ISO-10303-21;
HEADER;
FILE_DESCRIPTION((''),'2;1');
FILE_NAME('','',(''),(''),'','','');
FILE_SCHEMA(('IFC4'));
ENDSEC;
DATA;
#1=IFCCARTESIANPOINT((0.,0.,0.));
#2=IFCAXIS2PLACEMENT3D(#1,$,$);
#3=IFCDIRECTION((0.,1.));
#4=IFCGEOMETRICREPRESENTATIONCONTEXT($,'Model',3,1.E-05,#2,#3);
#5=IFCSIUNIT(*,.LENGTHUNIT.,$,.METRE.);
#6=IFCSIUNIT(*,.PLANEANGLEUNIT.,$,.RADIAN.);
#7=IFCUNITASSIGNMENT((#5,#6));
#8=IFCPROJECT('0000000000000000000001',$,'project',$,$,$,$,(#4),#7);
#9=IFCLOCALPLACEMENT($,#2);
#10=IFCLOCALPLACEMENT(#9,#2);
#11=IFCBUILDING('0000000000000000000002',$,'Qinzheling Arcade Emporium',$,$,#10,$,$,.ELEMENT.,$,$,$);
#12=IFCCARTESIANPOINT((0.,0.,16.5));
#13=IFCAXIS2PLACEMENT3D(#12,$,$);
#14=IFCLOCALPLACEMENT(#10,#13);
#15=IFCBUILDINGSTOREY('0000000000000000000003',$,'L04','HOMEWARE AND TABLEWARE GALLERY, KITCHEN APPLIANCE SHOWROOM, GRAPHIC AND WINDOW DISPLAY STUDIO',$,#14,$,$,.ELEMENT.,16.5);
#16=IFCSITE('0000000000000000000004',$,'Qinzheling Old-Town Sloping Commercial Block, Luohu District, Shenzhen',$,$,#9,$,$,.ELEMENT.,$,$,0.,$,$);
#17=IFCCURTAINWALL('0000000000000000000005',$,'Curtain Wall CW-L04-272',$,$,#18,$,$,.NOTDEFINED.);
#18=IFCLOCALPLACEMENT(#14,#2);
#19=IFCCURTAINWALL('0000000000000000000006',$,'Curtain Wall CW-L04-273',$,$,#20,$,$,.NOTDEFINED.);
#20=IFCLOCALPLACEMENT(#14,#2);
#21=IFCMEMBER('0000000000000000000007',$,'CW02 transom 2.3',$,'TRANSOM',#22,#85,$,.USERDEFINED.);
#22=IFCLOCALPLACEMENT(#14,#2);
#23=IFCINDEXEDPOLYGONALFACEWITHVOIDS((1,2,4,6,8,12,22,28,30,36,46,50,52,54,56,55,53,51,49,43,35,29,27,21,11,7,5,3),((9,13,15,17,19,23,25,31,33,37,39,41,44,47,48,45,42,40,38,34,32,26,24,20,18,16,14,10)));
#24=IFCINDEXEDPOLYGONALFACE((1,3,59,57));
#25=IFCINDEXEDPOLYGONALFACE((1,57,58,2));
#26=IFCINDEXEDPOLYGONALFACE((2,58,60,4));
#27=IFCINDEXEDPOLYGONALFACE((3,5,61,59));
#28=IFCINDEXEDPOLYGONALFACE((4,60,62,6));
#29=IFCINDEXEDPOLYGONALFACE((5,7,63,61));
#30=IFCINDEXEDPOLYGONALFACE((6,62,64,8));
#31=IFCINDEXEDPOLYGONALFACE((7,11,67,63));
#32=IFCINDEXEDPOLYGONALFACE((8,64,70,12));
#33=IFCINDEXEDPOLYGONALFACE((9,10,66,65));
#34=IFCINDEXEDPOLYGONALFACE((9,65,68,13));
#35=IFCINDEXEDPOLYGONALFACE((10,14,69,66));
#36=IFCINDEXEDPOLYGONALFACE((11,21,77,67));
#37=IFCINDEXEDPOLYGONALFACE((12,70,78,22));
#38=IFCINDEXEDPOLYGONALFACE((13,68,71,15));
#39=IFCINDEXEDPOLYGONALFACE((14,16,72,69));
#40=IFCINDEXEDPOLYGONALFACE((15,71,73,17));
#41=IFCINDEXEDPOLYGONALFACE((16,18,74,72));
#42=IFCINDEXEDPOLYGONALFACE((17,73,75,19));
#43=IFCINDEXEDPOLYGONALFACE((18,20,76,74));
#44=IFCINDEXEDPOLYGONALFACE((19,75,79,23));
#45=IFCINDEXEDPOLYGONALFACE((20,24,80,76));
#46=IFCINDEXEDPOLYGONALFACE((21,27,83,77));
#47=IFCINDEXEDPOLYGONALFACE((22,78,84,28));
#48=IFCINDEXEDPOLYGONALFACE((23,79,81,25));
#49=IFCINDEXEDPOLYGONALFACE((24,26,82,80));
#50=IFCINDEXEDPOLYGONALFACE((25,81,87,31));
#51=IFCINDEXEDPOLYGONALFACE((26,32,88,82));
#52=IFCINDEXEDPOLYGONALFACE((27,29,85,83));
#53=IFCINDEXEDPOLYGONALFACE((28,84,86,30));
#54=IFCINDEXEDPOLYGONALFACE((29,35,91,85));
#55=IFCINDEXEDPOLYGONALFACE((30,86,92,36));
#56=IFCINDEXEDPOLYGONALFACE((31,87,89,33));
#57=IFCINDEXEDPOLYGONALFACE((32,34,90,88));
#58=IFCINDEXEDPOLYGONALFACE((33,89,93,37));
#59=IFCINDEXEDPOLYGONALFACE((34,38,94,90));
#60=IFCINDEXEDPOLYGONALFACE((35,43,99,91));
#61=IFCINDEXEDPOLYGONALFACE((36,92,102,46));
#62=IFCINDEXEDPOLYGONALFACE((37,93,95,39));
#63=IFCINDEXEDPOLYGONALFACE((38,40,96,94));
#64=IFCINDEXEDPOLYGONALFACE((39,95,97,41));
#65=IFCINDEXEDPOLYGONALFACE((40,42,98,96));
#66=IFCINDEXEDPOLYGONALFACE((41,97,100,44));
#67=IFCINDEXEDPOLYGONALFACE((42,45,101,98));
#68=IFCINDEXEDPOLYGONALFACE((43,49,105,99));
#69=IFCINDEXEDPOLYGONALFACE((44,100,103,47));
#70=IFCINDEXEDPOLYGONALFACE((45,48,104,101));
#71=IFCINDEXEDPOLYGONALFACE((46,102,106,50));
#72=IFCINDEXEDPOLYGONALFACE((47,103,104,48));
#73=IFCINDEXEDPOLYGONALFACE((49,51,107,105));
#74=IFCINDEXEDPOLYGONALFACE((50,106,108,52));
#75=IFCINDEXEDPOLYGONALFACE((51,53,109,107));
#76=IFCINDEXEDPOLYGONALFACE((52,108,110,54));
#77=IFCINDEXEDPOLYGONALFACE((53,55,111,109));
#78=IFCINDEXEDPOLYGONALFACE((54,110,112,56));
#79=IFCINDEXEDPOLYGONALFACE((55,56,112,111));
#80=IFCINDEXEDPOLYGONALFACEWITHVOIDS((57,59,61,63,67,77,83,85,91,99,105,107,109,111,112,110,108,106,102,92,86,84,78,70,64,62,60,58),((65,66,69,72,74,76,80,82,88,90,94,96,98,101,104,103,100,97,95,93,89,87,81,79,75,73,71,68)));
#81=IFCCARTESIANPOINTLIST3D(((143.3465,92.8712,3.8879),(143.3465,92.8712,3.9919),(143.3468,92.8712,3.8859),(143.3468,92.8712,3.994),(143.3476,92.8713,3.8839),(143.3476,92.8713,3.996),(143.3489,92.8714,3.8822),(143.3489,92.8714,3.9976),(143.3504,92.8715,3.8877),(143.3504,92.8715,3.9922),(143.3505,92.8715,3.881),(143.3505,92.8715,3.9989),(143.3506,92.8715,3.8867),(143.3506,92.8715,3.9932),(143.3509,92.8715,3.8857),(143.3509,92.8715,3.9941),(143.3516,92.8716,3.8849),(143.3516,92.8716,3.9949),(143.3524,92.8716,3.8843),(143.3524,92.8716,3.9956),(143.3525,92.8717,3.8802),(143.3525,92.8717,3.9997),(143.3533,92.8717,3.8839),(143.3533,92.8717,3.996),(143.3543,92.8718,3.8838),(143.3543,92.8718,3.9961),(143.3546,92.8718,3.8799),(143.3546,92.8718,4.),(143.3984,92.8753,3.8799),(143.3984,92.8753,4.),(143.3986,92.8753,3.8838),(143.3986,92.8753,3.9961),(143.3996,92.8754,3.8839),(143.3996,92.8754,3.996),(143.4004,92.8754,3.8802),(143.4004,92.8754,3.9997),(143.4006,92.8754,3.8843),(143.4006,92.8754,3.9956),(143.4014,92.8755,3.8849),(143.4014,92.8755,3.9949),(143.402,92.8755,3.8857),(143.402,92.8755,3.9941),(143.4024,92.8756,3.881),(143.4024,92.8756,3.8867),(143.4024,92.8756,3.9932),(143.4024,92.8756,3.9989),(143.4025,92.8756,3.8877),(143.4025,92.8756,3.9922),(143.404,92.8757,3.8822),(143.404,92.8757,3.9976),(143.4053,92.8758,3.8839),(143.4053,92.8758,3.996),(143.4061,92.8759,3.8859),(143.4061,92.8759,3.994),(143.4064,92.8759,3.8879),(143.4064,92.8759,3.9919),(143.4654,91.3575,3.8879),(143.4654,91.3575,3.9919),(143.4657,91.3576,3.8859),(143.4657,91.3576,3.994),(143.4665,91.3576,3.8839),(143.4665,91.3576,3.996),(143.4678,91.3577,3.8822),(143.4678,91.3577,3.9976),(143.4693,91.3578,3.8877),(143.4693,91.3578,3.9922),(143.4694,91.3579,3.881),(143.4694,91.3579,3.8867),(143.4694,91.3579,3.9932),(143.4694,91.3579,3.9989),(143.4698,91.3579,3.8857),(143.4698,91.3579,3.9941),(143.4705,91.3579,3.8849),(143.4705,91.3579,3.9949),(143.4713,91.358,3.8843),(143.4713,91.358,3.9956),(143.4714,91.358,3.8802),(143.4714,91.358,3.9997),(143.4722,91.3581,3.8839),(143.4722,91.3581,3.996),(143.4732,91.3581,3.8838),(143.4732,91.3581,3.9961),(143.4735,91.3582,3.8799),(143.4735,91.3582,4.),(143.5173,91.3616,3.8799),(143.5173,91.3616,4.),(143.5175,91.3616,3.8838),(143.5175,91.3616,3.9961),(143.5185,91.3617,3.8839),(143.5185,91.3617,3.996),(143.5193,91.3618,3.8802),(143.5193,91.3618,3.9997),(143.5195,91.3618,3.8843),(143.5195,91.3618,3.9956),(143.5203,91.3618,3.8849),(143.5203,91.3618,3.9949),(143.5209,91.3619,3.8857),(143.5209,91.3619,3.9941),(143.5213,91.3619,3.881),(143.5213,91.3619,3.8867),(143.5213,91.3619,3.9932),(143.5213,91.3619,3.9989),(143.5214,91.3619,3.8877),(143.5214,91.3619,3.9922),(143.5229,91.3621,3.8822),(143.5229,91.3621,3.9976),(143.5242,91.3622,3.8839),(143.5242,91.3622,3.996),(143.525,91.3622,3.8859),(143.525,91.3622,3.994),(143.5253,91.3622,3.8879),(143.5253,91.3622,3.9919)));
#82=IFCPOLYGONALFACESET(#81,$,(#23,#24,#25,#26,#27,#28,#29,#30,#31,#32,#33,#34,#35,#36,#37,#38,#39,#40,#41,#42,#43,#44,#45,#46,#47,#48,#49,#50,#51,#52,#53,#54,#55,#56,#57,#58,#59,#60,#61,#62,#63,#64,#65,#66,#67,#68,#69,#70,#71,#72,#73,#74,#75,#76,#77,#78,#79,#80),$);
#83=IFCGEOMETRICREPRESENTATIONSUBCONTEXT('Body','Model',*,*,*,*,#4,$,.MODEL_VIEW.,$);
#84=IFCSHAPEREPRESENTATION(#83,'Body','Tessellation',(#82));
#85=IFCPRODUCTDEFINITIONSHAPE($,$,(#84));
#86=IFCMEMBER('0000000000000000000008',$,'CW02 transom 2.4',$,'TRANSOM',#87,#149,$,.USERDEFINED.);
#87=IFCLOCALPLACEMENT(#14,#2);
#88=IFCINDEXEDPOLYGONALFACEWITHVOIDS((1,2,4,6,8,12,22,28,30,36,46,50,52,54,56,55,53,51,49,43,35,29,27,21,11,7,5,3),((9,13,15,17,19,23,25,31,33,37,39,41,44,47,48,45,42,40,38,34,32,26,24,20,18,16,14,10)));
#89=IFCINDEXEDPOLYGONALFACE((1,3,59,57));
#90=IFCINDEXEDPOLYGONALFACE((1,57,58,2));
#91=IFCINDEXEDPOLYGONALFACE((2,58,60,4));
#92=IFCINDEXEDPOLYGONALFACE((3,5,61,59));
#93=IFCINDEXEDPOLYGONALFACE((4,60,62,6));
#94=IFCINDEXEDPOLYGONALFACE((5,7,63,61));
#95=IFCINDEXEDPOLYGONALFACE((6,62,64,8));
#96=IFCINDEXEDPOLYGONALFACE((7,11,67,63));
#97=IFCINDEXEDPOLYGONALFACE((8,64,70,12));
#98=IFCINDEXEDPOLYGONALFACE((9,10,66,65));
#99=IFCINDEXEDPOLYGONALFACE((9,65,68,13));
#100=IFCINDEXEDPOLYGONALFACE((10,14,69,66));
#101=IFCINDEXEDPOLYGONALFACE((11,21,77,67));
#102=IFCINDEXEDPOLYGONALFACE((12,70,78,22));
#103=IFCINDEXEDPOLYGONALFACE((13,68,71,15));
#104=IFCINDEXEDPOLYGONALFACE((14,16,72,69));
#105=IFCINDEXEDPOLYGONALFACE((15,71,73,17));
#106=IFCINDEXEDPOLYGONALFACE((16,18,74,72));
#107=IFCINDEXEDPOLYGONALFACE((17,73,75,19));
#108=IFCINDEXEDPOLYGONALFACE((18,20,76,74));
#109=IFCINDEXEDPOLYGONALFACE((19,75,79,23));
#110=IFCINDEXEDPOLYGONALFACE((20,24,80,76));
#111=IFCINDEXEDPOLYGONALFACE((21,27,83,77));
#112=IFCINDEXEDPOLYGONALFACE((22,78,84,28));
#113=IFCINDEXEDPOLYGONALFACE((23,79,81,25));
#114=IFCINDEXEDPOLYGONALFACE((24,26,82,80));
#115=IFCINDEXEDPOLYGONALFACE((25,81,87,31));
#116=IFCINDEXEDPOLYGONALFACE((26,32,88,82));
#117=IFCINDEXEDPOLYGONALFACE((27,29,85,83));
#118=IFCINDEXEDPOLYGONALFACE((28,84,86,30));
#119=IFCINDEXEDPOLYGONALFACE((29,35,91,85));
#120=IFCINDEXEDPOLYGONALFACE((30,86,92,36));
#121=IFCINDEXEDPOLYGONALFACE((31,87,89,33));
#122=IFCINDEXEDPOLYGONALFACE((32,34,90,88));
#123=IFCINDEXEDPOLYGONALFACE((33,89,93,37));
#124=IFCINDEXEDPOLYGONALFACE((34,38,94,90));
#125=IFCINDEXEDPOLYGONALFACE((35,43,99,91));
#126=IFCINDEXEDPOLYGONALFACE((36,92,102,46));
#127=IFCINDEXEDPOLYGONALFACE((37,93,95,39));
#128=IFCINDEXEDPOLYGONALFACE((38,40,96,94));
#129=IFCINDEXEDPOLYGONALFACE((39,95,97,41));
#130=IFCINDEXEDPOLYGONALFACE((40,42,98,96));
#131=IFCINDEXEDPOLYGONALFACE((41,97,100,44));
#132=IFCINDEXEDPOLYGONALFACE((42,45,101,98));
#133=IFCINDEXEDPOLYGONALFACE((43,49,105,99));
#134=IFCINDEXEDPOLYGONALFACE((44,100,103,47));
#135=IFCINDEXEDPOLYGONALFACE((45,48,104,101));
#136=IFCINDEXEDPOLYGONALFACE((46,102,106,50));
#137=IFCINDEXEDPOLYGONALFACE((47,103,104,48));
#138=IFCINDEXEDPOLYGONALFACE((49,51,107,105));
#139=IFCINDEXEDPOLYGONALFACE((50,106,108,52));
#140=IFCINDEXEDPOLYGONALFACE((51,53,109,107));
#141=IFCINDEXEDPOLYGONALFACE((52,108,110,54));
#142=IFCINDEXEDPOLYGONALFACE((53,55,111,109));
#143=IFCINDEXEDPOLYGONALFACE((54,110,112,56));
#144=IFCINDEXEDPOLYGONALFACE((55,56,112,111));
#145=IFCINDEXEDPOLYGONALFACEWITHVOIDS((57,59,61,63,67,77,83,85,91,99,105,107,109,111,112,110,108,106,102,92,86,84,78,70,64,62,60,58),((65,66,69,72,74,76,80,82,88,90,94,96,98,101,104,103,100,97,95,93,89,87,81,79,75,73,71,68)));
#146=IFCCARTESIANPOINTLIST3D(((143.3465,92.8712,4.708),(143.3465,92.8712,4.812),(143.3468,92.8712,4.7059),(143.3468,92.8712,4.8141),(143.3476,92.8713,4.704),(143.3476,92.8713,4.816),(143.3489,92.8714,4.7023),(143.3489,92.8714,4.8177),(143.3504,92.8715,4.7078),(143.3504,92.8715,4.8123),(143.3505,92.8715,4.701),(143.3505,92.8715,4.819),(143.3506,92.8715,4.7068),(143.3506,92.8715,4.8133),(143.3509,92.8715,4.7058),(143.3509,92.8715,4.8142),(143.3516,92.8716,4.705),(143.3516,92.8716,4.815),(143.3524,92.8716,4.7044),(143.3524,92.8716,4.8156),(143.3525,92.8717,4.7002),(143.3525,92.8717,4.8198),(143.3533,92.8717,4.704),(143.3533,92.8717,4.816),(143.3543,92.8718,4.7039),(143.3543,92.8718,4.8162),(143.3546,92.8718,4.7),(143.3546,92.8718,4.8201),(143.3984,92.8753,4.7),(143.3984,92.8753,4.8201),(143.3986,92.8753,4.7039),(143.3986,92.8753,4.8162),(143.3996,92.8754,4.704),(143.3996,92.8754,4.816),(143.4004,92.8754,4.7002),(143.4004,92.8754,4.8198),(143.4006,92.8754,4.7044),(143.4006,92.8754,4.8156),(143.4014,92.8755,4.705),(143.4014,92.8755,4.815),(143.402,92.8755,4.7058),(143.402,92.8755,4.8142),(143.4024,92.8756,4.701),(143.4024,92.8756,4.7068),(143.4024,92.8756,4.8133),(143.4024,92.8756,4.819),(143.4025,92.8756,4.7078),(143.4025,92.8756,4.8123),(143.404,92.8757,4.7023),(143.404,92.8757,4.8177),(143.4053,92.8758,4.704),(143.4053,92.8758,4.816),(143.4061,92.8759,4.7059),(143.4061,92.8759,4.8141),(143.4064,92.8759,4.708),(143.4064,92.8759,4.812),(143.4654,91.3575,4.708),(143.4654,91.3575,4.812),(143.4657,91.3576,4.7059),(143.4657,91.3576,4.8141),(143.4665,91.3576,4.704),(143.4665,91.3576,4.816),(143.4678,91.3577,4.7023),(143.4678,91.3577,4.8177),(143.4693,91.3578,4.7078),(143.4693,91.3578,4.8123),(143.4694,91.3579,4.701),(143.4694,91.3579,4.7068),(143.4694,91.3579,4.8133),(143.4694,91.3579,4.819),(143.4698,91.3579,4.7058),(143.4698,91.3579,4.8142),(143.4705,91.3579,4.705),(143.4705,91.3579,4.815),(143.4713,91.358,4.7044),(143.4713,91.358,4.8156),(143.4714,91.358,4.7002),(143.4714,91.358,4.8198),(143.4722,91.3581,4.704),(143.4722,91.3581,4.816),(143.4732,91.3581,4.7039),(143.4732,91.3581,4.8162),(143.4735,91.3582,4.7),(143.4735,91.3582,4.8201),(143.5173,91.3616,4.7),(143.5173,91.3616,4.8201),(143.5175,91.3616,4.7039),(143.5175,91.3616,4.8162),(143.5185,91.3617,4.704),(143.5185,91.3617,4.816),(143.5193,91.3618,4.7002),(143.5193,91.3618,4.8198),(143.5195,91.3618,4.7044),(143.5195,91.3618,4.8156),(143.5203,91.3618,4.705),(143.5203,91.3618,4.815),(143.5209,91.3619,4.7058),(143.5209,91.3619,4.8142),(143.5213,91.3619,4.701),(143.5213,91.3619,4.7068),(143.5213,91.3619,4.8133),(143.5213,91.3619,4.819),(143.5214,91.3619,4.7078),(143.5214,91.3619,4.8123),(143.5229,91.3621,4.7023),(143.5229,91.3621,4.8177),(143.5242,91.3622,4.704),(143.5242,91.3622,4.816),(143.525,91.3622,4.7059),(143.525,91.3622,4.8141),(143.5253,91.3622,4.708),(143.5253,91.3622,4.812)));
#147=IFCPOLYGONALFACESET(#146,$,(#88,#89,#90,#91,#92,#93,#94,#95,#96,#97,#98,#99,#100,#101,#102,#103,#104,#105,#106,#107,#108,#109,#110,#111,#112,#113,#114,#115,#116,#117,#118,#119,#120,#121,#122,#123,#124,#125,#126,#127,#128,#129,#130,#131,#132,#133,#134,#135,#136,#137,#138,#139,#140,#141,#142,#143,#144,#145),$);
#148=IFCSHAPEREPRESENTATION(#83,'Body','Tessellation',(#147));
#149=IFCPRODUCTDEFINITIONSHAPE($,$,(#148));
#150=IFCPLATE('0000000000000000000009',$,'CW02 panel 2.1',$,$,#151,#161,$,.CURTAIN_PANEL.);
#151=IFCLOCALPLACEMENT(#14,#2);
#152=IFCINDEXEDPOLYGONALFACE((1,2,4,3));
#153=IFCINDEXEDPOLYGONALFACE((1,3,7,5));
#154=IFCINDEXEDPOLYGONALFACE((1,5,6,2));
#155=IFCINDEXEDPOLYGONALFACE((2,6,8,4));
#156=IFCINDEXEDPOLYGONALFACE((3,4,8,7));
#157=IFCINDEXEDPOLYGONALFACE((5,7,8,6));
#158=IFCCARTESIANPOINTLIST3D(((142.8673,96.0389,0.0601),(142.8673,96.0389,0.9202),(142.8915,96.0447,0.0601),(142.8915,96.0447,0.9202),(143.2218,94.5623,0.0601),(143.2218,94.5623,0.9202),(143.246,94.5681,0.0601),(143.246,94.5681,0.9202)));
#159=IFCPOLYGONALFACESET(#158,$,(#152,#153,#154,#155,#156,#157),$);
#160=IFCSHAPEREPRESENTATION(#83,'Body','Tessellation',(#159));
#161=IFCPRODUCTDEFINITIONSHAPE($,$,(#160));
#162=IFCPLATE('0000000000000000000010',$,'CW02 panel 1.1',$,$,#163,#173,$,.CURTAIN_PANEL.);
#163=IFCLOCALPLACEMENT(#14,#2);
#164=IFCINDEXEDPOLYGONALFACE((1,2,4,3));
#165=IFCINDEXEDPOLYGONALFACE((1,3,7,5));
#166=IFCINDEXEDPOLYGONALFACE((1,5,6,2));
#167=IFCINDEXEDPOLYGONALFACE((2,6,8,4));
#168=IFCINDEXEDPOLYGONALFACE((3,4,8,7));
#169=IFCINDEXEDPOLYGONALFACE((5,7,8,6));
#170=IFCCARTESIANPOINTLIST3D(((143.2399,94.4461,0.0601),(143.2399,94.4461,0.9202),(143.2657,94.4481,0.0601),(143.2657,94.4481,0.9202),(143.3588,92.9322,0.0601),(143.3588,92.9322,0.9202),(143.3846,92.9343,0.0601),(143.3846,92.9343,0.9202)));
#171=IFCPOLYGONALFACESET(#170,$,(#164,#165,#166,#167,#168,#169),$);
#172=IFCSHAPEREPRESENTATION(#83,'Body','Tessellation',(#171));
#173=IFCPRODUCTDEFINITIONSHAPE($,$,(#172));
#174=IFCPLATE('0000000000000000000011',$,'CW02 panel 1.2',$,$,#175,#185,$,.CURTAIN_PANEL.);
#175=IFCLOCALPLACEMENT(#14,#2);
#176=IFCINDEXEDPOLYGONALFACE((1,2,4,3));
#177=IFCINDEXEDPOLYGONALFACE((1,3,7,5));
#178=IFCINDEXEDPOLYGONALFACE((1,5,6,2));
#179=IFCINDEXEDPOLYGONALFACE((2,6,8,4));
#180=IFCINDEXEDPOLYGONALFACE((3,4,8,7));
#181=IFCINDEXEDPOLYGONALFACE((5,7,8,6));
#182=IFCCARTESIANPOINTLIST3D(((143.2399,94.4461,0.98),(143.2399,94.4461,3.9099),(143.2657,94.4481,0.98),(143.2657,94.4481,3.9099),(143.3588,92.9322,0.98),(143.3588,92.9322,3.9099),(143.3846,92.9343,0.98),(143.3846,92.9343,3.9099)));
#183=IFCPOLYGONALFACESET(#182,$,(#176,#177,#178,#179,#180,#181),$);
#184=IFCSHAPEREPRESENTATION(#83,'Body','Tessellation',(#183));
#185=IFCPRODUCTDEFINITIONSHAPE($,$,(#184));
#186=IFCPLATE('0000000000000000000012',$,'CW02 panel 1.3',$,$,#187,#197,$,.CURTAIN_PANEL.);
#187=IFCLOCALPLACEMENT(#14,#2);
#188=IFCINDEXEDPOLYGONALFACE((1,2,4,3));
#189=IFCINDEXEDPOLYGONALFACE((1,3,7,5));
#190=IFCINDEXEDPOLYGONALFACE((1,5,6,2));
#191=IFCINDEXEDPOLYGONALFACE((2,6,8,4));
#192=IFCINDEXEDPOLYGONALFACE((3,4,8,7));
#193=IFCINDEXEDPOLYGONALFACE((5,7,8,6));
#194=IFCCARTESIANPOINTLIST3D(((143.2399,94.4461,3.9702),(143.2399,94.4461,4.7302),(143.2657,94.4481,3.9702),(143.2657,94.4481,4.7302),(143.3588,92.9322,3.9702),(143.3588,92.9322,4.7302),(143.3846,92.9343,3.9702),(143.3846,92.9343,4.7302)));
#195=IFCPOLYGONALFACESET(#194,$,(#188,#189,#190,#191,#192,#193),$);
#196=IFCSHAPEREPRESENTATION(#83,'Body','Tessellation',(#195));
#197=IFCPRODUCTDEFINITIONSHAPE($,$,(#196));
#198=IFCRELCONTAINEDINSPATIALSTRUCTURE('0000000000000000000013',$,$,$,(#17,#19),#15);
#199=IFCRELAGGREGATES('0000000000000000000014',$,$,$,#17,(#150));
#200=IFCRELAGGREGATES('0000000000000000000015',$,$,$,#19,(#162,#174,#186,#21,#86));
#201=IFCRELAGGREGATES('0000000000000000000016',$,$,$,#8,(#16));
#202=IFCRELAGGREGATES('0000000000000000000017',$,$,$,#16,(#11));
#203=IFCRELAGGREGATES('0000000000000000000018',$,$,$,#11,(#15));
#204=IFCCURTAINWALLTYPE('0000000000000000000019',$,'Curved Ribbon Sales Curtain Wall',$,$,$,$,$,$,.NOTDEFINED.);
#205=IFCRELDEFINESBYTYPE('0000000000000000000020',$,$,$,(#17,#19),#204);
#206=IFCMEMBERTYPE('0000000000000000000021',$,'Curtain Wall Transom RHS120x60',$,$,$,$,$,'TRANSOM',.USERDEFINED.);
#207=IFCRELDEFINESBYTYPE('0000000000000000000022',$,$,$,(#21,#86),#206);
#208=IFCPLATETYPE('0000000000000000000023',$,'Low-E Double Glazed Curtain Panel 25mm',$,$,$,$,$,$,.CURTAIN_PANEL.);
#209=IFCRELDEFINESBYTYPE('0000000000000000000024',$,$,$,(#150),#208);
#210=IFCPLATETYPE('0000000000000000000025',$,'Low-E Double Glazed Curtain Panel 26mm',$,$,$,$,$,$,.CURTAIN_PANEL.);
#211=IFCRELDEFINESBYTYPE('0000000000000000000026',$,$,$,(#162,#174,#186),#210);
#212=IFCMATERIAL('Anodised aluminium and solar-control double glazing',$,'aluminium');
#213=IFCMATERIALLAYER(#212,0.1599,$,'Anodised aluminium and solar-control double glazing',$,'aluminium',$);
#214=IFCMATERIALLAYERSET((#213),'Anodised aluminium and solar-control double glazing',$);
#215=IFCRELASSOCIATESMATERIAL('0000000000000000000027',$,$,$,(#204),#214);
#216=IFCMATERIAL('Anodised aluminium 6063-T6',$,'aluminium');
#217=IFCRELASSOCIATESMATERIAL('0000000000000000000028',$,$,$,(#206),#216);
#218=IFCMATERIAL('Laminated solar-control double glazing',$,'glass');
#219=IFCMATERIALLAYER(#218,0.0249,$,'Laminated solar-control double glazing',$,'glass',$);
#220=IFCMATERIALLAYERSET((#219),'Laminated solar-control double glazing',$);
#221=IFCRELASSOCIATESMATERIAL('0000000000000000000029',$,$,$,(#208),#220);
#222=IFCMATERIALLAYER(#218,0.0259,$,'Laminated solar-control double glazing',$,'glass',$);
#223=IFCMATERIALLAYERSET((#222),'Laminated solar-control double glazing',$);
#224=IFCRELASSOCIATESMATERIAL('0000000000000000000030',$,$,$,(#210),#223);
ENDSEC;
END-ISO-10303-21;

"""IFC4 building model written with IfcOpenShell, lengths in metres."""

from ifc_helpers import new_model, si_unit, direction, frame, origin, origin_2d, place, context, subcontext, project, spatial, rectangle, hollow_rectangle, extrude, material, layer, layer_set, material_profile, profile_set, type_object, element, aggregate, save


model = new_model("IFC4")

# Units and contexts
model_context = context("Model", 3, precision=1e-05, world=origin(), true_north=direction((0.0, 1.0)))
body_context = subcontext(model_context, "Body", "Model", "MODEL_VIEW")
ifc_project = project(units=[si_unit("LENGTHUNIT", "METRE"), si_unit("PLANEANGLEUNIT", "RADIAN")], contexts=[model_context])

# Site, building, storey
site_placement = place(None, origin())
site = spatial("IfcSite", under=ifc_project, at=site_placement, Name="Qinzheling Old-Town Sloping Commercial Block, Luohu District, Shenzhen", CompositionType="ELEMENT", RefElevation=0.0)
building_placement = place(site_placement, origin())
building = spatial("IfcBuilding", under=site, at=building_placement, Name="Qinzheling Arcade Emporium", CompositionType="ELEMENT")
storey_placement = place(building_placement, frame((0.0, 0.0, 16.5)))
storey = spatial("IfcBuildingStorey", under=building, at=storey_placement, Name="L04", Description="HOMEWARE AND TABLEWARE GALLERY, KITCHEN APPLIANCE SHOWROOM, GRAPHIC AND WINDOW DISPLAY STUDIO", CompositionType="ELEMENT", Elevation=16.5)

# Curtain wall
ifc_material_1 = material(Name="Anodised aluminium and solar-control double glazing", Category="aluminium")
ifc_layer_1 = layer(ifc_material_1, 0.1599, Name="Anodised aluminium and solar-control double glazing", Category="aluminium")
ifc_layer_set_1 = layer_set([ifc_layer_1], Name="Anodised aluminium and solar-control double glazing")
curtain_wall_type = type_object("IfcCurtainWallType", Name="Curved Ribbon Sales Curtain Wall", PredefinedType="NOTDEFINED", material=ifc_layer_set_1)
curtain_wall_1_placement = place(storey_placement, origin())
curtain_wall_1 = element("IfcCurtainWall", 1, at=curtain_wall_1_placement, inside=storey, type_object=curtain_wall_type, Name="Curtain Wall CW-L04-272", PredefinedType="NOTDEFINED")
ifc_material_2 = material(Name="Anodised aluminium 6063-T6", Category="aluminium")

# Curtain wall, members
curtain_wall_2_placement = place(storey_placement, origin())
curtain_wall_2 = element("IfcCurtainWall", 2, at=curtain_wall_2_placement, inside=storey, type_object=curtain_wall_type, Name="Curtain Wall CW-L04-273", PredefinedType="NOTDEFINED")
ifc_material_profile_1 = material_profile(ifc_material_2, hollow_rectangle(XDim=0.0601, YDim=0.1201, WallThickness=0.0039, InnerFilletRadius=0.0039, OuterFilletRadius=0.0081, at=origin_2d()), Name="RHS 120x60x4", Category="aluminium")
ifc_profile_set_1 = profile_set([ifc_material_profile_1], Name="Anodised aluminium 6063-T6")
member_type_1 = type_object("IfcMemberType", Name="Curtain Wall Transom RHS120x60", ElementType="TRANSOM", PredefinedType="USERDEFINED", material=ifc_profile_set_1)
member_1_placement = place(storey_placement, frame((143.3765, 92.8735, 3.9399), z_axis=(0.078307, -0.996929, 0.0), x_axis=(0.996929, 0.078307, 0.0)))
member_1 = element("IfcMember", 3, at=member_1_placement, type_object=member_type_1, Name="CW02 transom 2.3", ObjectType="TRANSOM", PredefinedType="USERDEFINED", context=body_context, shape_type="SweptSolid", body=[
    extrude(hollow_rectangle(XDim=0.0601, YDim=0.1201, WallThickness=0.0039, InnerFilletRadius=0.0039, OuterFilletRadius=0.0081, at=origin_2d()), origin(), (0.0, 0.0, 1.0), 1.5183),
])
member_2_placement = place(storey_placement, frame((143.3765, 92.8735, 4.76), z_axis=(0.078307, -0.996929, 0.0), x_axis=(0.996929, 0.078307, 0.0)))
member_2 = element("IfcMember", 4, at=member_2_placement, type_object=member_type_1, Name="CW02 transom 2.4", ObjectType="TRANSOM", PredefinedType="USERDEFINED", context=body_context, shape_type="SweptSolid", body=[
    extrude(hollow_rectangle(XDim=0.0601, YDim=0.1201, WallThickness=0.0039, InnerFilletRadius=0.0039, OuterFilletRadius=0.0081, at=origin_2d()), origin(), (0.0, 0.0, 1.0), 1.5183),
])

# Plates
ifc_material_3 = material(Name="Laminated solar-control double glazing", Category="glass")
ifc_layer_2 = layer(ifc_material_3, 0.0249, Name="Laminated solar-control double glazing", Category="glass")
ifc_layer_set_2 = layer_set([ifc_layer_2], Name="Laminated solar-control double glazing")
plate_type_1 = type_object("IfcPlateType", Name="Low-E Double Glazed Curtain Panel 25mm", PredefinedType="CURTAIN_PANEL", material=ifc_layer_set_2)
plate_1_placement = place(storey_placement, frame((143.0566, 95.3035, 0.0601), z_axis=(0.0, 0.0, 1.0), x_axis=(0.233455, -0.972368, 0.0)))
plate_1 = element("IfcPlate", 5, at=plate_1_placement, type_object=plate_type_1, Name="CW02 panel 2.1", PredefinedType="CURTAIN_PANEL", context=body_context, shape_type="SweptSolid", body=[
    extrude(rectangle(XDim=1.5186, YDim=0.0249, at=origin_2d()), origin(), (0.0, 0.0, 1.0), 0.8601),
])
aggregate(curtain_wall_1, [plate_1])
ifc_layer_3 = layer(ifc_material_3, 0.0259, Name="Laminated solar-control double glazing", Category="glass")
ifc_layer_set_3 = layer_set([ifc_layer_3], Name="Laminated solar-control double glazing")
plate_type_2 = type_object("IfcPlateType", Name="Low-E Double Glazed Curtain Panel 26mm", PredefinedType="CURTAIN_PANEL", material=ifc_layer_set_3)
plate_2_placement = place(storey_placement, frame((143.3123, 93.6902, 0.0601), z_axis=(0.0, 0.0, 1.0), x_axis=(0.078337, -0.996927, 0.0)))
plate_2 = element("IfcPlate", 6, at=plate_2_placement, type_object=plate_type_2, Name="CW02 panel 1.1", PredefinedType="CURTAIN_PANEL", context=body_context, shape_type="SweptSolid", body=[
    extrude(rectangle(XDim=1.5186, YDim=0.0259, at=origin_2d()), origin(), (0.0, 0.0, 1.0), 0.8601),
])
plate_3_placement = place(storey_placement, frame((143.3123, 93.6902, 0.98), z_axis=(0.0, 0.0, 1.0), x_axis=(0.078337, -0.996927, 0.0)))
plate_3 = element("IfcPlate", 7, at=plate_3_placement, type_object=plate_type_2, Name="CW02 panel 1.2", PredefinedType="CURTAIN_PANEL", context=body_context, shape_type="SweptSolid", body=[
    extrude(rectangle(XDim=1.5186, YDim=0.0259, at=origin_2d()), origin(), (0.0, 0.0, 1.0), 2.9299),
])
plate_4_placement = place(storey_placement, frame((143.3123, 93.6902, 3.9702), z_axis=(0.0, 0.0, 1.0), x_axis=(0.078337, -0.996927, 0.0)))
plate_4 = element("IfcPlate", 8, at=plate_4_placement, type_object=plate_type_2, Name="CW02 panel 1.3", PredefinedType="CURTAIN_PANEL", context=body_context, shape_type="SweptSolid", body=[
    extrude(rectangle(XDim=1.5186, YDim=0.0259, at=origin_2d()), origin(), (0.0, 0.0, 1.0), 0.76),
])
aggregate(curtain_wall_2, [plate_2, plate_3, plate_4, member_1, member_2])

save(model, "model.ifc")
